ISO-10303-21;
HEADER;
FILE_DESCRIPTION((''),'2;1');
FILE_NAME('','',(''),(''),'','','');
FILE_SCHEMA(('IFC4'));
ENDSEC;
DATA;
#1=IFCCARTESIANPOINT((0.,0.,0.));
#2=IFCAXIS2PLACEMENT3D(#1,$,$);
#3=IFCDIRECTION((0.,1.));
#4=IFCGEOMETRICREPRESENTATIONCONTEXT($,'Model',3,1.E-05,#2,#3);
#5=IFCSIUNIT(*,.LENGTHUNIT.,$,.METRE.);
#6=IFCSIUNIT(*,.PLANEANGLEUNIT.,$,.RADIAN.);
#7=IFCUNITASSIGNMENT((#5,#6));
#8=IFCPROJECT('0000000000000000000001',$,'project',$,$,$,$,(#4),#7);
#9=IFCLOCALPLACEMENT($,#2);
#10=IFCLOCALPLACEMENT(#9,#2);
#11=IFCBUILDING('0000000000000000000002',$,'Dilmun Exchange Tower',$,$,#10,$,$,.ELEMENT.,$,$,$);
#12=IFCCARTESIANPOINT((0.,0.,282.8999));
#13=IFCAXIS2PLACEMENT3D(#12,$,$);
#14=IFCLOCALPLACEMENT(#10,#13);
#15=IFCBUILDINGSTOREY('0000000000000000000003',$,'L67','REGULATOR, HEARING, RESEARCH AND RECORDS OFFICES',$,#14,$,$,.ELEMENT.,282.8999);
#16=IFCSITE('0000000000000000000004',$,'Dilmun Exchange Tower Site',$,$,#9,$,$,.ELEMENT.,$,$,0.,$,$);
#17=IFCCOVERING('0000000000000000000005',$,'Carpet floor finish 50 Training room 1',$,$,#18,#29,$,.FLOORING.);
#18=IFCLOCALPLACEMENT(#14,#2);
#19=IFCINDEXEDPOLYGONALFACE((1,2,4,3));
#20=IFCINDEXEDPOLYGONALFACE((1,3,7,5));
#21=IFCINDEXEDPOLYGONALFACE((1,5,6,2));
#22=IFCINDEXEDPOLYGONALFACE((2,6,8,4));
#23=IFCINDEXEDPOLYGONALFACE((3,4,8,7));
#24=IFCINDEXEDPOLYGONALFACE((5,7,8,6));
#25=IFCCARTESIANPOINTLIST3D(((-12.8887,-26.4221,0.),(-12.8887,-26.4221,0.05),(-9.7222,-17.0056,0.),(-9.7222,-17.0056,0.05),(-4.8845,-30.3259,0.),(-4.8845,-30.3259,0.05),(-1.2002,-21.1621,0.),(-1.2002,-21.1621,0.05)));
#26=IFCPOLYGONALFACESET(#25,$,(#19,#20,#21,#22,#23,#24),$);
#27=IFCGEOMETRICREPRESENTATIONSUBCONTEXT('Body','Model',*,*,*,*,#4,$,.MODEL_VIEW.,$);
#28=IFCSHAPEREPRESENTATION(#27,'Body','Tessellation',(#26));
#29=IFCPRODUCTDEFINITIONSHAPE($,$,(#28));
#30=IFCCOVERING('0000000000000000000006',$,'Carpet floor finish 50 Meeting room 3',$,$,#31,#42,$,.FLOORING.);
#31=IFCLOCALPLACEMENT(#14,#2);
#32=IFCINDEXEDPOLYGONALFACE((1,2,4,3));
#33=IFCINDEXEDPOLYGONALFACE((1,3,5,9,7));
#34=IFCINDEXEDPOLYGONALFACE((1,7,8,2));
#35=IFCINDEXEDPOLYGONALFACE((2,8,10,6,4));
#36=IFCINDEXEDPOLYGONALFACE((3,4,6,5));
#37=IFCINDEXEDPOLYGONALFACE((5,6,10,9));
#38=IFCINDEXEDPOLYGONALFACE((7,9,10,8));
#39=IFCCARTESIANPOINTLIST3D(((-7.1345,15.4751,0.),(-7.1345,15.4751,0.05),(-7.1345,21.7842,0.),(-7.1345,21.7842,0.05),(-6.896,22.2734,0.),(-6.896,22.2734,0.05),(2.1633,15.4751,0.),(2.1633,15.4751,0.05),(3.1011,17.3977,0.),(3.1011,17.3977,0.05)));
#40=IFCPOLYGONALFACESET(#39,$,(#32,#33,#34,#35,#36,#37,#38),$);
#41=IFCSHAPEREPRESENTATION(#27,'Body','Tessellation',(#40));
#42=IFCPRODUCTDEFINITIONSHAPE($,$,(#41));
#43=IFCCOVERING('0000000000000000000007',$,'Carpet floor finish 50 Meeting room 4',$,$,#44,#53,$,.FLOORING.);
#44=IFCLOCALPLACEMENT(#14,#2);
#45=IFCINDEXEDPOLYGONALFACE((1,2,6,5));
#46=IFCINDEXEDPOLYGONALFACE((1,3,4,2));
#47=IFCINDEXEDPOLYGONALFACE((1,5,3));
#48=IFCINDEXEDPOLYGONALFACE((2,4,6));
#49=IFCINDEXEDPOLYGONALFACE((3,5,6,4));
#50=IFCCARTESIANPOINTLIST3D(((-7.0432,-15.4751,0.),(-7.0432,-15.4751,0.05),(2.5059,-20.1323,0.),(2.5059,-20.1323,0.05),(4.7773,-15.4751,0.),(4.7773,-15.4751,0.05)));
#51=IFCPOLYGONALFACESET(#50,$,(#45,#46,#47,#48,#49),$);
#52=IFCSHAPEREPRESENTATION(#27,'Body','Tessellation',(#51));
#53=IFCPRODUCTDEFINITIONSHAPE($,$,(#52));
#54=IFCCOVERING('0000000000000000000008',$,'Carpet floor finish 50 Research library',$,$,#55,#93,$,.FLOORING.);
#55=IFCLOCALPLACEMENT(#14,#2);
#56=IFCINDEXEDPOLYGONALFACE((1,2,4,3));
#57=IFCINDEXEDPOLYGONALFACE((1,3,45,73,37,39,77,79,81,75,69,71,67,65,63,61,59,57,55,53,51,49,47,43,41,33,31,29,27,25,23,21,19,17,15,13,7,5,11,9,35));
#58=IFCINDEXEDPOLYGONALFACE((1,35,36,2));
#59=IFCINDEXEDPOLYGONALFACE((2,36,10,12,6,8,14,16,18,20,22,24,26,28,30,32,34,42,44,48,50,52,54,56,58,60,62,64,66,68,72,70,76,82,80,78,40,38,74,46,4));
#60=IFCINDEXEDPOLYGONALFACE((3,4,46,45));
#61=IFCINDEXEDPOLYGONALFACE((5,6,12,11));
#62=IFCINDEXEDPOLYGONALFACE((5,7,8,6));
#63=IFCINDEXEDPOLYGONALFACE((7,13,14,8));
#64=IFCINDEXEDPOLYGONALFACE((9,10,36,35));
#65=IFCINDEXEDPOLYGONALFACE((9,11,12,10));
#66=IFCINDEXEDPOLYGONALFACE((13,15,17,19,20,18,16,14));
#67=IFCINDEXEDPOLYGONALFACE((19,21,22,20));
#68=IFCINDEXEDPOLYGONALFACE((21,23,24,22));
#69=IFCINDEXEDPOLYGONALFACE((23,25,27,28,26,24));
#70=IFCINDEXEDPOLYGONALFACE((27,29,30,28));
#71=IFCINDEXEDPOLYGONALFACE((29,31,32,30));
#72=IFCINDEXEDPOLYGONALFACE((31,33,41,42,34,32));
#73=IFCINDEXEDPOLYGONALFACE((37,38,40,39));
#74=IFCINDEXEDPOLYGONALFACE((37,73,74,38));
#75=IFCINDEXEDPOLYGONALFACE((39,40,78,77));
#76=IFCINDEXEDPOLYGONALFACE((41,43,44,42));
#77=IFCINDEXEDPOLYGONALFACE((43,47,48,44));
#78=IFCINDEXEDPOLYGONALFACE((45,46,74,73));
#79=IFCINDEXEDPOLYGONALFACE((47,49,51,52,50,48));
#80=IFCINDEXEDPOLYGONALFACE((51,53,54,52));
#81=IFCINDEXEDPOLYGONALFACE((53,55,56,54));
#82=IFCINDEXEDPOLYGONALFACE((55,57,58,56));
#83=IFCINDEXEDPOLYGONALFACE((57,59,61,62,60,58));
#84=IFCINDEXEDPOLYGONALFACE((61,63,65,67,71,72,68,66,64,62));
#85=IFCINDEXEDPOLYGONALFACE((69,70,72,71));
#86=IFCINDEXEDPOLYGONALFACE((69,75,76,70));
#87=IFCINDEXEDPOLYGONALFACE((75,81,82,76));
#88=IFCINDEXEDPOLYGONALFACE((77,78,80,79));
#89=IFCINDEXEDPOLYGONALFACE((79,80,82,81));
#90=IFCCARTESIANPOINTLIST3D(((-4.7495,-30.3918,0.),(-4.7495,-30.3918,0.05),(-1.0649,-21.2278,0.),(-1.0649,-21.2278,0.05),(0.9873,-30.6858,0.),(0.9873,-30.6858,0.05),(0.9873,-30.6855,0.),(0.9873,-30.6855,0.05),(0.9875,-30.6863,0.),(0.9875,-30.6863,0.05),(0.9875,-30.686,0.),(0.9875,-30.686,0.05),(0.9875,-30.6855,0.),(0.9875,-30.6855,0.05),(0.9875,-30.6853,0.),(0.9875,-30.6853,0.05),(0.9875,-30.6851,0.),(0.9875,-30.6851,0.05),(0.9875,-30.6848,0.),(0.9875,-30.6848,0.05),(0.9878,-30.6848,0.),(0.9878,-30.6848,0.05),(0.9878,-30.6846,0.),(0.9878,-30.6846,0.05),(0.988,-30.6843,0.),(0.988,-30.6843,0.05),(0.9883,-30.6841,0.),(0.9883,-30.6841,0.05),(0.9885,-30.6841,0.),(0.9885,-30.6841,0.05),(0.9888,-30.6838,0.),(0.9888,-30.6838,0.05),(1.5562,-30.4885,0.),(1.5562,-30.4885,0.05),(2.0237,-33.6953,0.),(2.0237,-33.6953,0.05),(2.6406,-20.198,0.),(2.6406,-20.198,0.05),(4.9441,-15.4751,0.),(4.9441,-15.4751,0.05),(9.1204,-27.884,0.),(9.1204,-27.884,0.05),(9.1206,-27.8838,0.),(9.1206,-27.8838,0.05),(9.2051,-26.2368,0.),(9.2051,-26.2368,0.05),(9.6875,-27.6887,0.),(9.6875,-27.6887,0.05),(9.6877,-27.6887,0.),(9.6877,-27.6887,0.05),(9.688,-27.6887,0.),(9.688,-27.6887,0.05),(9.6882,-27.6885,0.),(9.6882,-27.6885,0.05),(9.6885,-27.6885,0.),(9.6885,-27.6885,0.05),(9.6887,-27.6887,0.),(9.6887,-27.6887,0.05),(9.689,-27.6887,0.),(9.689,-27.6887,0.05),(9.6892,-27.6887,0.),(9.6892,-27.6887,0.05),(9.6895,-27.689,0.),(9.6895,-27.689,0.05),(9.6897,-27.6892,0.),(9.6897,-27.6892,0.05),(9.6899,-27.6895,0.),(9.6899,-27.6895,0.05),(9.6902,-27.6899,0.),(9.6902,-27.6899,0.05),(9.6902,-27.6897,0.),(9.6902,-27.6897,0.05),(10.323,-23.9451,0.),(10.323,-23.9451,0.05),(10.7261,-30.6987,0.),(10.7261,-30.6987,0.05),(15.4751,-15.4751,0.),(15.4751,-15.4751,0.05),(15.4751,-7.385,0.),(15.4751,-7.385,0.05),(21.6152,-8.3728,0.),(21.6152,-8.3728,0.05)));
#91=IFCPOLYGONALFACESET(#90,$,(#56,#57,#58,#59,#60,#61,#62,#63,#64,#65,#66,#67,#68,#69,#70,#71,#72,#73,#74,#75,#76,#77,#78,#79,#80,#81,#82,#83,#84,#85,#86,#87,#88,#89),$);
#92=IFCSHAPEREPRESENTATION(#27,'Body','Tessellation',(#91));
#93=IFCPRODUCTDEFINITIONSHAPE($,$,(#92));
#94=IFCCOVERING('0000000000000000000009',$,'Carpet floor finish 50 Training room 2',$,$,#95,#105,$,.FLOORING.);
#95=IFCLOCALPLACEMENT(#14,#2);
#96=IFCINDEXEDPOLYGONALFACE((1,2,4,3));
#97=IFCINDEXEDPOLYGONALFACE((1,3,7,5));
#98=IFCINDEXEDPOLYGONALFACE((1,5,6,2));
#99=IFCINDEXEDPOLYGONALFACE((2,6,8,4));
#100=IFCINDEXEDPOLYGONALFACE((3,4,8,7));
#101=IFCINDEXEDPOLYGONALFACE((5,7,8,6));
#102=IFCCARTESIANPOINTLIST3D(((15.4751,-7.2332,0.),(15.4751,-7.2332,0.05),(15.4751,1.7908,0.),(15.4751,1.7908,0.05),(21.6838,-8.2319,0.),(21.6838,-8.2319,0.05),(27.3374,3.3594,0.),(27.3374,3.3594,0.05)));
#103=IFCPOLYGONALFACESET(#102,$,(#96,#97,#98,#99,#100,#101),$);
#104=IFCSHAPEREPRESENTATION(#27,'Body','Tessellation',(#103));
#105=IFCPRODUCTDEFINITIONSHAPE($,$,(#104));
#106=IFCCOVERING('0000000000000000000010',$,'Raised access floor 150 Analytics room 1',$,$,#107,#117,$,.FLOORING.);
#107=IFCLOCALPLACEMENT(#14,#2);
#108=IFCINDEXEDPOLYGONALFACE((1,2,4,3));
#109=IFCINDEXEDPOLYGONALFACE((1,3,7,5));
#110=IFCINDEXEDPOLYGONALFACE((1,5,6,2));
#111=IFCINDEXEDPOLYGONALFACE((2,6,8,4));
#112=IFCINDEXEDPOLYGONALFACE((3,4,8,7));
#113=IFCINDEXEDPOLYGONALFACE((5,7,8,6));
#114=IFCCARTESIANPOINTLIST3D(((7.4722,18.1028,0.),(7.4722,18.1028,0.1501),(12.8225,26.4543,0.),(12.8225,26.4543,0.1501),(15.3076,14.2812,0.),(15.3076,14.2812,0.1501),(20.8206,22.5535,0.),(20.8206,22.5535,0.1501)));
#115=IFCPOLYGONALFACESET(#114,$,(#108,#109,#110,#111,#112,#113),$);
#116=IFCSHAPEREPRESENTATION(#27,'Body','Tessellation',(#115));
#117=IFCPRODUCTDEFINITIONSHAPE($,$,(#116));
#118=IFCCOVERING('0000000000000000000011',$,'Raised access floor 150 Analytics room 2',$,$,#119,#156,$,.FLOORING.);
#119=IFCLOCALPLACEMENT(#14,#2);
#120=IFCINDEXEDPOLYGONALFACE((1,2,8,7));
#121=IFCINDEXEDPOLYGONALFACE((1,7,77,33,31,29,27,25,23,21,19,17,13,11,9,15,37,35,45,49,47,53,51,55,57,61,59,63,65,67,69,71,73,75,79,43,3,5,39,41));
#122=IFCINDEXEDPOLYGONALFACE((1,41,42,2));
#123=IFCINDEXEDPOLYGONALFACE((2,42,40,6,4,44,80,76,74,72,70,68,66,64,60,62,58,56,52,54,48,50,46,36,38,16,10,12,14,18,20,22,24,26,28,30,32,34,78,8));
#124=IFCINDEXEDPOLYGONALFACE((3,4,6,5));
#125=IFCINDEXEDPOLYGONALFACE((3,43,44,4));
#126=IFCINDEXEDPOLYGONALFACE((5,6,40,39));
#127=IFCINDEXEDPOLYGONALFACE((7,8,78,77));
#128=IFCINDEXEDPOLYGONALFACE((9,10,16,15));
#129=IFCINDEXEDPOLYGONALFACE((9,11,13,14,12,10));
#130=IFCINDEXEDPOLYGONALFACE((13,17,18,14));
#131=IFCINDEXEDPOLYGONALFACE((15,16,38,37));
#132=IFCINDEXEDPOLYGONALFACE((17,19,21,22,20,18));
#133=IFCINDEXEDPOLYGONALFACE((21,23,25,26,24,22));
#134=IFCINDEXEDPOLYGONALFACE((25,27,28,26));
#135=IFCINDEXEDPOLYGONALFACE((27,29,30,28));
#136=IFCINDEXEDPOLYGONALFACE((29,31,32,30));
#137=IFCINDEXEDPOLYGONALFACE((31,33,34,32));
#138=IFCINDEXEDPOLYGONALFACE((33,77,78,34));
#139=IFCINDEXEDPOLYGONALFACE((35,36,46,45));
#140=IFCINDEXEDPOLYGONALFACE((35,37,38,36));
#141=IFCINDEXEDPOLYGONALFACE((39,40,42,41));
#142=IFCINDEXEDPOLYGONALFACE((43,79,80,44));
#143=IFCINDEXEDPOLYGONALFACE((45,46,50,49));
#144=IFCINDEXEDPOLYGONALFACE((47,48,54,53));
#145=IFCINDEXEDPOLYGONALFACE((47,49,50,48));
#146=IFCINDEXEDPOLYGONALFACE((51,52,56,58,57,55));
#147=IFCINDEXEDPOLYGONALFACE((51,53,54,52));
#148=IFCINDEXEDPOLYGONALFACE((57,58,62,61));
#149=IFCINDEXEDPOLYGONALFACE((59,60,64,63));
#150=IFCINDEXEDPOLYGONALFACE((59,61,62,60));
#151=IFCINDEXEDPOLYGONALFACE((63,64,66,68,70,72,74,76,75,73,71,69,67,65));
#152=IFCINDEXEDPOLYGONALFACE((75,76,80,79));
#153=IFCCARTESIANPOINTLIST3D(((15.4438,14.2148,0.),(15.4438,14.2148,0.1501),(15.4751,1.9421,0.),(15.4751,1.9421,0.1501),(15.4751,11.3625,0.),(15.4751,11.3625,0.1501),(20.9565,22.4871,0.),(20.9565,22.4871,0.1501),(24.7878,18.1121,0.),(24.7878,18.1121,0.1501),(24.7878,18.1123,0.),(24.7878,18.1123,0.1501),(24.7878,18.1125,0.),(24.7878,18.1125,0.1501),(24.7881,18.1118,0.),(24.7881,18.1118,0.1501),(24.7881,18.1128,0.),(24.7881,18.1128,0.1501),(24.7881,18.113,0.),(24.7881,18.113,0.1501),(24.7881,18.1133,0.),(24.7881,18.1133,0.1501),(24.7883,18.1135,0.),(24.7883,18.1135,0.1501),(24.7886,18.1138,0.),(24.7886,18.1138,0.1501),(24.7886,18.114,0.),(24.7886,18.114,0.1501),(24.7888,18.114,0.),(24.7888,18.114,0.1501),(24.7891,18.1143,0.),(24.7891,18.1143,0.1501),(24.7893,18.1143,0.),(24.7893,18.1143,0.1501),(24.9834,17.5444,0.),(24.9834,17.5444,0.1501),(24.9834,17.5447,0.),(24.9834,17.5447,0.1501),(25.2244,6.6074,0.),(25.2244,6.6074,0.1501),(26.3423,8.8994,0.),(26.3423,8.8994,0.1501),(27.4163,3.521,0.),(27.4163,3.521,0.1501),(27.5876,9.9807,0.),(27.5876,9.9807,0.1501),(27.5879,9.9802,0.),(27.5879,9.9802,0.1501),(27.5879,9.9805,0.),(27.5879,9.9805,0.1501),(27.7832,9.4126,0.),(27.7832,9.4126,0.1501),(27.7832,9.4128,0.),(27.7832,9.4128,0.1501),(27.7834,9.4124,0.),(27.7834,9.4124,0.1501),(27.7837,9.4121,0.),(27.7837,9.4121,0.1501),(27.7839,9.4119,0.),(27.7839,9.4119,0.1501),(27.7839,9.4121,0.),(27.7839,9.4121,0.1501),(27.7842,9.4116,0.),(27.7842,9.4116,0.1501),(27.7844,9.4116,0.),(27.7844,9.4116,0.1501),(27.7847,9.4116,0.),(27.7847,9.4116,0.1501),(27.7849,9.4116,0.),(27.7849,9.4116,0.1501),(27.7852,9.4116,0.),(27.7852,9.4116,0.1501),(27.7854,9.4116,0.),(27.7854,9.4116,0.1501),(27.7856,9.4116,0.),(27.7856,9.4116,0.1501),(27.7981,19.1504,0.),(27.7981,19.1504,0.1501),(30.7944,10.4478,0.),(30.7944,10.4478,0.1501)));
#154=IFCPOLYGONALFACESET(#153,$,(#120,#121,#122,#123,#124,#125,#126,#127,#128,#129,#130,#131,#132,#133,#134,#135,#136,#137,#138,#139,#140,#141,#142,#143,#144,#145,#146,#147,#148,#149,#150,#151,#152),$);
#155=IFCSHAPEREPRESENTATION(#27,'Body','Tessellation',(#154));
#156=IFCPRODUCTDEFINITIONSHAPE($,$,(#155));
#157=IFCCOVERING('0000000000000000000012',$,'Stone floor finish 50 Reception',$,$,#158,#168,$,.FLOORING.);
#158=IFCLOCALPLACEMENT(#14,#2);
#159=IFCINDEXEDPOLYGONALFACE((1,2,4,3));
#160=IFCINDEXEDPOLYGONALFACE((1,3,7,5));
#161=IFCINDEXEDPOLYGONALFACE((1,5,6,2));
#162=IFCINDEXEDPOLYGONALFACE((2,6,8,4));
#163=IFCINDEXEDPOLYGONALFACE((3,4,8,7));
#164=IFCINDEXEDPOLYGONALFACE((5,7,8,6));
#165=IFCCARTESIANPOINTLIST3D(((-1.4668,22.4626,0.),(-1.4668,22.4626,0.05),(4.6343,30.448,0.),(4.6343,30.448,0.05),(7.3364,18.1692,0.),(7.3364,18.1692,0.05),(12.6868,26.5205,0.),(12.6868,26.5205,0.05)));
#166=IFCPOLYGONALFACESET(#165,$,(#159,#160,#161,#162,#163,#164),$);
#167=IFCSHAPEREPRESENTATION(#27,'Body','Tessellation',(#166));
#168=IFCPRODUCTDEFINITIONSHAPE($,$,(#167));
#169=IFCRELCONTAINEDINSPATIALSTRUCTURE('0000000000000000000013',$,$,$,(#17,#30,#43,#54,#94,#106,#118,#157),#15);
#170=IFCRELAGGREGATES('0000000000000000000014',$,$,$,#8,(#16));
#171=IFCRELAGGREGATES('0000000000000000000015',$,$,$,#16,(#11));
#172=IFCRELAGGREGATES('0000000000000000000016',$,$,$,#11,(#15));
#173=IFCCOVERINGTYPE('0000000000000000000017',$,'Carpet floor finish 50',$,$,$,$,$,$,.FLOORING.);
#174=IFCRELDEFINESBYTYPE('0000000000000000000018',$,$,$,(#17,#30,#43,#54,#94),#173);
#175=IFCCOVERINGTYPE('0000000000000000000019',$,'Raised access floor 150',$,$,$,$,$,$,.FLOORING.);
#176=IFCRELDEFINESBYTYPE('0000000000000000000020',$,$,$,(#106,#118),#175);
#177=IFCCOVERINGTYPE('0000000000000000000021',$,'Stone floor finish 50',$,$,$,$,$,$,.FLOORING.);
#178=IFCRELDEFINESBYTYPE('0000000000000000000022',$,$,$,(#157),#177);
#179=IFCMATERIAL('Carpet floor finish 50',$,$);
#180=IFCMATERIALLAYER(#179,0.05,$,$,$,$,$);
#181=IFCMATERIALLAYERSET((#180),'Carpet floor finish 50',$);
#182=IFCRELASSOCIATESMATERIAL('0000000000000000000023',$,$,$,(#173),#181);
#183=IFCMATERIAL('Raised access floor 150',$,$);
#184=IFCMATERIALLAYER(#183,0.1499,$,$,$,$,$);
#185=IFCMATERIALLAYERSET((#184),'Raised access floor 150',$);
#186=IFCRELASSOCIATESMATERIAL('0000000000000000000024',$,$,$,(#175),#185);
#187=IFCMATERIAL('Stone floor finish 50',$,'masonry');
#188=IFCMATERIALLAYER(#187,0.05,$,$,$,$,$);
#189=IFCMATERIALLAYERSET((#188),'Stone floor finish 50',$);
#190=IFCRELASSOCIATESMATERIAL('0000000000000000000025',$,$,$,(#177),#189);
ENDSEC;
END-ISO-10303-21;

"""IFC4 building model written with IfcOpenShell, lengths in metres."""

from ifc_helpers import new_model, si_unit, direction, frame, origin, place, context, subcontext, project, spatial, polyline, outline, extrude, material, layer, layer_set, type_object, element, save


model = new_model("IFC4")

# Units and contexts
model_context = context("Model", 3, precision=1e-05, world=origin(), true_north=direction((0.0, 1.0)))
body_context = subcontext(model_context, "Body", "Model", "MODEL_VIEW")
ifc_project = project(units=[si_unit("LENGTHUNIT", "METRE"), si_unit("PLANEANGLEUNIT", "RADIAN")], contexts=[model_context])

# Site, building, storey
site_placement = place(None, origin())
site = spatial("IfcSite", under=ifc_project, at=site_placement, Name="Dilmun Exchange Tower Site", CompositionType="ELEMENT", RefElevation=0.0)
building_placement = place(site_placement, origin())
building = spatial("IfcBuilding", under=site, at=building_placement, Name="Dilmun Exchange Tower", CompositionType="ELEMENT")
storey_placement = place(building_placement, frame((0.0, 0.0, 282.8999)))
storey = spatial("IfcBuildingStorey", under=building, at=storey_placement, Name="L67", Description="REGULATOR, HEARING, RESEARCH AND RECORDS OFFICES", CompositionType="ELEMENT", Elevation=282.8999)

# Coverings
ifc_material_1 = material(Name="Carpet floor finish 50")
ifc_layer_1 = layer(ifc_material_1, 0.05)
ifc_layer_set_1 = layer_set([ifc_layer_1], Name="Carpet floor finish 50")
covering_type_1 = type_object("IfcCoveringType", Name="Carpet floor finish 50", PredefinedType="FLOORING", material=ifc_layer_set_1)
covering_1_placement = place(storey_placement, origin())
element("IfcCovering", 1, at=covering_1_placement, inside=storey, type_object=covering_type_1, Name="Carpet floor finish 50 Training room 1", PredefinedType="FLOORING", context=body_context, shape_type="SweptSolid", body=[
    extrude(outline(polyline([(-9.7222, -17.0056), (-1.2002, -21.1621), (-4.8845, -30.3259), (-12.8887, -26.4221), (-9.7222, -17.0056)])), origin(), (0.0, 0.0, 1.0), 0.05),
])
covering_2_placement = place(storey_placement, origin())
element("IfcCovering", 2, at=covering_2_placement, inside=storey, type_object=covering_type_1, Name="Carpet floor finish 50 Meeting room 3", PredefinedType="FLOORING", context=body_context, shape_type="SweptSolid", body=[
    extrude(outline(polyline([(-7.1345, 15.4751), (-7.1345, 21.7842), (-6.896, 22.2734), (3.1011, 17.3977), (2.1633, 15.4751), (-7.1345, 15.4751)])), origin(), (0.0, 0.0, 1.0), 0.05),
])
covering_3_placement = place(storey_placement, origin())
element("IfcCovering", 3, at=covering_3_placement, inside=storey, type_object=covering_type_1, Name="Carpet floor finish 50 Meeting room 4", PredefinedType="FLOORING", context=body_context, shape_type="SweptSolid", body=[
    extrude(outline(polyline([(4.7773, -15.4751), (2.5059, -20.1323), (-7.0432, -15.4751), (4.7773, -15.4751)])), origin(), (0.0, 0.0, 1.0), 0.05),
])
covering_4_placement = place(storey_placement, origin())
element("IfcCovering", 4, at=covering_4_placement, inside=storey, type_object=covering_type_1, Name="Carpet floor finish 50 Research library", PredefinedType="FLOORING", context=body_context, shape_type="SweptSolid", body=[
    extrude(outline(polyline([(-1.0649, -21.2278), (9.2051, -26.2368), (10.323, -23.9451), (2.6406, -20.198), (4.9441, -15.4751), (15.4751, -15.4751), (15.4751, -7.385), (21.6152, -8.3728), (10.7261, -30.6987), (9.6902, -27.6899), (9.6902, -27.6897), (9.6899, -27.6895), (9.6899, -27.6895), (9.6897, -27.6892), (9.6897, -27.6892), (9.6895, -27.689), (9.6892, -27.6887), (9.6892, -27.6887), (9.689, -27.6887), (9.6887, -27.6887), (9.6887, -27.6887), (9.6885, -27.6885), (9.6882, -27.6885), (9.688, -27.6887), (9.6877, -27.6887), (9.6875, -27.6887), (9.1206, -27.8838), (9.1206, -27.8838), (9.1204, -27.884), (1.5562, -30.4885), (0.9888, -30.6838), (0.9885, -30.6841), (0.9883, -30.6841), (0.9883, -30.6841), (0.988, -30.6843), (0.988, -30.6843), (0.9878, -30.6846), (0.9878, -30.6848), (0.9875, -30.6848), (0.9875, -30.6851), (0.9875, -30.6853), (0.9875, -30.6855), (0.9873, -30.6855), (0.9873, -30.6858), (0.9875, -30.686), (0.9875, -30.6863), (0.9875, -30.6863), (2.0237, -33.6953), (-4.7495, -30.3918), (-1.0649, -21.2278)])), origin(), (0.0, 0.0, 1.0), 0.05),
])
covering_5_placement = place(storey_placement, origin())
element("IfcCovering", 5, at=covering_5_placement, inside=storey, type_object=covering_type_1, Name="Carpet floor finish 50 Training room 2", PredefinedType="FLOORING", context=body_context, shape_type="SweptSolid", body=[
    extrude(outline(polyline([(15.4751, -7.2332), (15.4751, 1.7908), (27.3374, 3.3594), (21.6838, -8.2319), (15.4751, -7.2332)])), origin(), (0.0, 0.0, 1.0), 0.05),
])
ifc_material_2 = material(Name="Raised access floor 150")
ifc_layer_2 = layer(ifc_material_2, 0.1499)
ifc_layer_set_2 = layer_set([ifc_layer_2], Name="Raised access floor 150")
covering_type_2 = type_object("IfcCoveringType", Name="Raised access floor 150", PredefinedType="FLOORING", material=ifc_layer_set_2)
covering_6_placement = place(storey_placement, origin())
element("IfcCovering", 6, at=covering_6_placement, inside=storey, type_object=covering_type_2, Name="Raised access floor 150 Analytics room 1", PredefinedType="FLOORING", context=body_context, shape_type="SweptSolid", body=[
    extrude(outline(polyline([(15.3076, 14.2812), (7.4722, 18.1028), (12.8225, 26.4543), (20.8206, 22.5535), (15.3076, 14.2812)])), origin(), (0.0, 0.0, 1.0), 0.1501),
])
covering_7_placement = place(storey_placement, origin())
element("IfcCovering", 7, at=covering_7_placement, inside=storey, type_object=covering_type_2, Name="Raised access floor 150 Analytics room 2", PredefinedType="FLOORING", context=body_context, shape_type="SweptSolid", body=[
    extrude(outline(polyline([(26.3423, 8.8994), (15.4438, 14.2148), (20.9565, 22.4871), (27.7981, 19.1504), (24.7893, 18.1143), (24.7891, 18.1143), (24.7888, 18.114), (24.7888, 18.114), (24.7886, 18.114), (24.7886, 18.1138), (24.7883, 18.1135), (24.7881, 18.1133), (24.7881, 18.1133), (24.7881, 18.113), (24.7881, 18.1128), (24.7881, 18.1128), (24.7878, 18.1125), (24.7878, 18.1123), (24.7878, 18.1121), (24.7881, 18.1118), (24.7881, 18.1118), (24.9834, 17.5447), (24.9834, 17.5447), (24.9834, 17.5444), (27.5876, 9.9807), (27.5876, 9.9807), (27.5879, 9.9805), (27.5879, 9.9802), (27.7832, 9.4128), (27.7832, 9.4126), (27.7832, 9.4126), (27.7834, 9.4124), (27.7837, 9.4121), (27.7837, 9.4121), (27.7839, 9.4121), (27.7839, 9.4119), (27.7842, 9.4116), (27.7844, 9.4116), (27.7847, 9.4116), (27.7849, 9.4116), (27.7849, 9.4116), (27.7852, 9.4116), (27.7854, 9.4116), (27.7854, 9.4116), (27.7856, 9.4116), (30.7944, 10.4478), (27.4163, 3.521), (15.4751, 1.9421), (15.4751, 11.3625), (25.2244, 6.6074), (26.3423, 8.8994)])), origin(), (0.0, 0.0, 1.0), 0.1501),
])
ifc_material_3 = material(Name="Stone floor finish 50", Category="masonry")
ifc_layer_3 = layer(ifc_material_3, 0.05)
ifc_layer_set_3 = layer_set([ifc_layer_3], Name="Stone floor finish 50")
covering_type_3 = type_object("IfcCoveringType", Name="Stone floor finish 50", PredefinedType="FLOORING", material=ifc_layer_set_3)
covering_8_placement = place(storey_placement, origin())
element("IfcCovering", 8, at=covering_8_placement, inside=storey, type_object=covering_type_3, Name="Stone floor finish 50 Reception", PredefinedType="FLOORING", context=body_context, shape_type="SweptSolid", body=[
    extrude(outline(polyline([(7.3364, 18.1692), (-1.4668, 22.4626), (4.6343, 30.448), (12.6868, 26.5205), (7.3364, 18.1692)])), origin(), (0.0, 0.0, 1.0), 0.05),
])

save(model, "model.ifc")
